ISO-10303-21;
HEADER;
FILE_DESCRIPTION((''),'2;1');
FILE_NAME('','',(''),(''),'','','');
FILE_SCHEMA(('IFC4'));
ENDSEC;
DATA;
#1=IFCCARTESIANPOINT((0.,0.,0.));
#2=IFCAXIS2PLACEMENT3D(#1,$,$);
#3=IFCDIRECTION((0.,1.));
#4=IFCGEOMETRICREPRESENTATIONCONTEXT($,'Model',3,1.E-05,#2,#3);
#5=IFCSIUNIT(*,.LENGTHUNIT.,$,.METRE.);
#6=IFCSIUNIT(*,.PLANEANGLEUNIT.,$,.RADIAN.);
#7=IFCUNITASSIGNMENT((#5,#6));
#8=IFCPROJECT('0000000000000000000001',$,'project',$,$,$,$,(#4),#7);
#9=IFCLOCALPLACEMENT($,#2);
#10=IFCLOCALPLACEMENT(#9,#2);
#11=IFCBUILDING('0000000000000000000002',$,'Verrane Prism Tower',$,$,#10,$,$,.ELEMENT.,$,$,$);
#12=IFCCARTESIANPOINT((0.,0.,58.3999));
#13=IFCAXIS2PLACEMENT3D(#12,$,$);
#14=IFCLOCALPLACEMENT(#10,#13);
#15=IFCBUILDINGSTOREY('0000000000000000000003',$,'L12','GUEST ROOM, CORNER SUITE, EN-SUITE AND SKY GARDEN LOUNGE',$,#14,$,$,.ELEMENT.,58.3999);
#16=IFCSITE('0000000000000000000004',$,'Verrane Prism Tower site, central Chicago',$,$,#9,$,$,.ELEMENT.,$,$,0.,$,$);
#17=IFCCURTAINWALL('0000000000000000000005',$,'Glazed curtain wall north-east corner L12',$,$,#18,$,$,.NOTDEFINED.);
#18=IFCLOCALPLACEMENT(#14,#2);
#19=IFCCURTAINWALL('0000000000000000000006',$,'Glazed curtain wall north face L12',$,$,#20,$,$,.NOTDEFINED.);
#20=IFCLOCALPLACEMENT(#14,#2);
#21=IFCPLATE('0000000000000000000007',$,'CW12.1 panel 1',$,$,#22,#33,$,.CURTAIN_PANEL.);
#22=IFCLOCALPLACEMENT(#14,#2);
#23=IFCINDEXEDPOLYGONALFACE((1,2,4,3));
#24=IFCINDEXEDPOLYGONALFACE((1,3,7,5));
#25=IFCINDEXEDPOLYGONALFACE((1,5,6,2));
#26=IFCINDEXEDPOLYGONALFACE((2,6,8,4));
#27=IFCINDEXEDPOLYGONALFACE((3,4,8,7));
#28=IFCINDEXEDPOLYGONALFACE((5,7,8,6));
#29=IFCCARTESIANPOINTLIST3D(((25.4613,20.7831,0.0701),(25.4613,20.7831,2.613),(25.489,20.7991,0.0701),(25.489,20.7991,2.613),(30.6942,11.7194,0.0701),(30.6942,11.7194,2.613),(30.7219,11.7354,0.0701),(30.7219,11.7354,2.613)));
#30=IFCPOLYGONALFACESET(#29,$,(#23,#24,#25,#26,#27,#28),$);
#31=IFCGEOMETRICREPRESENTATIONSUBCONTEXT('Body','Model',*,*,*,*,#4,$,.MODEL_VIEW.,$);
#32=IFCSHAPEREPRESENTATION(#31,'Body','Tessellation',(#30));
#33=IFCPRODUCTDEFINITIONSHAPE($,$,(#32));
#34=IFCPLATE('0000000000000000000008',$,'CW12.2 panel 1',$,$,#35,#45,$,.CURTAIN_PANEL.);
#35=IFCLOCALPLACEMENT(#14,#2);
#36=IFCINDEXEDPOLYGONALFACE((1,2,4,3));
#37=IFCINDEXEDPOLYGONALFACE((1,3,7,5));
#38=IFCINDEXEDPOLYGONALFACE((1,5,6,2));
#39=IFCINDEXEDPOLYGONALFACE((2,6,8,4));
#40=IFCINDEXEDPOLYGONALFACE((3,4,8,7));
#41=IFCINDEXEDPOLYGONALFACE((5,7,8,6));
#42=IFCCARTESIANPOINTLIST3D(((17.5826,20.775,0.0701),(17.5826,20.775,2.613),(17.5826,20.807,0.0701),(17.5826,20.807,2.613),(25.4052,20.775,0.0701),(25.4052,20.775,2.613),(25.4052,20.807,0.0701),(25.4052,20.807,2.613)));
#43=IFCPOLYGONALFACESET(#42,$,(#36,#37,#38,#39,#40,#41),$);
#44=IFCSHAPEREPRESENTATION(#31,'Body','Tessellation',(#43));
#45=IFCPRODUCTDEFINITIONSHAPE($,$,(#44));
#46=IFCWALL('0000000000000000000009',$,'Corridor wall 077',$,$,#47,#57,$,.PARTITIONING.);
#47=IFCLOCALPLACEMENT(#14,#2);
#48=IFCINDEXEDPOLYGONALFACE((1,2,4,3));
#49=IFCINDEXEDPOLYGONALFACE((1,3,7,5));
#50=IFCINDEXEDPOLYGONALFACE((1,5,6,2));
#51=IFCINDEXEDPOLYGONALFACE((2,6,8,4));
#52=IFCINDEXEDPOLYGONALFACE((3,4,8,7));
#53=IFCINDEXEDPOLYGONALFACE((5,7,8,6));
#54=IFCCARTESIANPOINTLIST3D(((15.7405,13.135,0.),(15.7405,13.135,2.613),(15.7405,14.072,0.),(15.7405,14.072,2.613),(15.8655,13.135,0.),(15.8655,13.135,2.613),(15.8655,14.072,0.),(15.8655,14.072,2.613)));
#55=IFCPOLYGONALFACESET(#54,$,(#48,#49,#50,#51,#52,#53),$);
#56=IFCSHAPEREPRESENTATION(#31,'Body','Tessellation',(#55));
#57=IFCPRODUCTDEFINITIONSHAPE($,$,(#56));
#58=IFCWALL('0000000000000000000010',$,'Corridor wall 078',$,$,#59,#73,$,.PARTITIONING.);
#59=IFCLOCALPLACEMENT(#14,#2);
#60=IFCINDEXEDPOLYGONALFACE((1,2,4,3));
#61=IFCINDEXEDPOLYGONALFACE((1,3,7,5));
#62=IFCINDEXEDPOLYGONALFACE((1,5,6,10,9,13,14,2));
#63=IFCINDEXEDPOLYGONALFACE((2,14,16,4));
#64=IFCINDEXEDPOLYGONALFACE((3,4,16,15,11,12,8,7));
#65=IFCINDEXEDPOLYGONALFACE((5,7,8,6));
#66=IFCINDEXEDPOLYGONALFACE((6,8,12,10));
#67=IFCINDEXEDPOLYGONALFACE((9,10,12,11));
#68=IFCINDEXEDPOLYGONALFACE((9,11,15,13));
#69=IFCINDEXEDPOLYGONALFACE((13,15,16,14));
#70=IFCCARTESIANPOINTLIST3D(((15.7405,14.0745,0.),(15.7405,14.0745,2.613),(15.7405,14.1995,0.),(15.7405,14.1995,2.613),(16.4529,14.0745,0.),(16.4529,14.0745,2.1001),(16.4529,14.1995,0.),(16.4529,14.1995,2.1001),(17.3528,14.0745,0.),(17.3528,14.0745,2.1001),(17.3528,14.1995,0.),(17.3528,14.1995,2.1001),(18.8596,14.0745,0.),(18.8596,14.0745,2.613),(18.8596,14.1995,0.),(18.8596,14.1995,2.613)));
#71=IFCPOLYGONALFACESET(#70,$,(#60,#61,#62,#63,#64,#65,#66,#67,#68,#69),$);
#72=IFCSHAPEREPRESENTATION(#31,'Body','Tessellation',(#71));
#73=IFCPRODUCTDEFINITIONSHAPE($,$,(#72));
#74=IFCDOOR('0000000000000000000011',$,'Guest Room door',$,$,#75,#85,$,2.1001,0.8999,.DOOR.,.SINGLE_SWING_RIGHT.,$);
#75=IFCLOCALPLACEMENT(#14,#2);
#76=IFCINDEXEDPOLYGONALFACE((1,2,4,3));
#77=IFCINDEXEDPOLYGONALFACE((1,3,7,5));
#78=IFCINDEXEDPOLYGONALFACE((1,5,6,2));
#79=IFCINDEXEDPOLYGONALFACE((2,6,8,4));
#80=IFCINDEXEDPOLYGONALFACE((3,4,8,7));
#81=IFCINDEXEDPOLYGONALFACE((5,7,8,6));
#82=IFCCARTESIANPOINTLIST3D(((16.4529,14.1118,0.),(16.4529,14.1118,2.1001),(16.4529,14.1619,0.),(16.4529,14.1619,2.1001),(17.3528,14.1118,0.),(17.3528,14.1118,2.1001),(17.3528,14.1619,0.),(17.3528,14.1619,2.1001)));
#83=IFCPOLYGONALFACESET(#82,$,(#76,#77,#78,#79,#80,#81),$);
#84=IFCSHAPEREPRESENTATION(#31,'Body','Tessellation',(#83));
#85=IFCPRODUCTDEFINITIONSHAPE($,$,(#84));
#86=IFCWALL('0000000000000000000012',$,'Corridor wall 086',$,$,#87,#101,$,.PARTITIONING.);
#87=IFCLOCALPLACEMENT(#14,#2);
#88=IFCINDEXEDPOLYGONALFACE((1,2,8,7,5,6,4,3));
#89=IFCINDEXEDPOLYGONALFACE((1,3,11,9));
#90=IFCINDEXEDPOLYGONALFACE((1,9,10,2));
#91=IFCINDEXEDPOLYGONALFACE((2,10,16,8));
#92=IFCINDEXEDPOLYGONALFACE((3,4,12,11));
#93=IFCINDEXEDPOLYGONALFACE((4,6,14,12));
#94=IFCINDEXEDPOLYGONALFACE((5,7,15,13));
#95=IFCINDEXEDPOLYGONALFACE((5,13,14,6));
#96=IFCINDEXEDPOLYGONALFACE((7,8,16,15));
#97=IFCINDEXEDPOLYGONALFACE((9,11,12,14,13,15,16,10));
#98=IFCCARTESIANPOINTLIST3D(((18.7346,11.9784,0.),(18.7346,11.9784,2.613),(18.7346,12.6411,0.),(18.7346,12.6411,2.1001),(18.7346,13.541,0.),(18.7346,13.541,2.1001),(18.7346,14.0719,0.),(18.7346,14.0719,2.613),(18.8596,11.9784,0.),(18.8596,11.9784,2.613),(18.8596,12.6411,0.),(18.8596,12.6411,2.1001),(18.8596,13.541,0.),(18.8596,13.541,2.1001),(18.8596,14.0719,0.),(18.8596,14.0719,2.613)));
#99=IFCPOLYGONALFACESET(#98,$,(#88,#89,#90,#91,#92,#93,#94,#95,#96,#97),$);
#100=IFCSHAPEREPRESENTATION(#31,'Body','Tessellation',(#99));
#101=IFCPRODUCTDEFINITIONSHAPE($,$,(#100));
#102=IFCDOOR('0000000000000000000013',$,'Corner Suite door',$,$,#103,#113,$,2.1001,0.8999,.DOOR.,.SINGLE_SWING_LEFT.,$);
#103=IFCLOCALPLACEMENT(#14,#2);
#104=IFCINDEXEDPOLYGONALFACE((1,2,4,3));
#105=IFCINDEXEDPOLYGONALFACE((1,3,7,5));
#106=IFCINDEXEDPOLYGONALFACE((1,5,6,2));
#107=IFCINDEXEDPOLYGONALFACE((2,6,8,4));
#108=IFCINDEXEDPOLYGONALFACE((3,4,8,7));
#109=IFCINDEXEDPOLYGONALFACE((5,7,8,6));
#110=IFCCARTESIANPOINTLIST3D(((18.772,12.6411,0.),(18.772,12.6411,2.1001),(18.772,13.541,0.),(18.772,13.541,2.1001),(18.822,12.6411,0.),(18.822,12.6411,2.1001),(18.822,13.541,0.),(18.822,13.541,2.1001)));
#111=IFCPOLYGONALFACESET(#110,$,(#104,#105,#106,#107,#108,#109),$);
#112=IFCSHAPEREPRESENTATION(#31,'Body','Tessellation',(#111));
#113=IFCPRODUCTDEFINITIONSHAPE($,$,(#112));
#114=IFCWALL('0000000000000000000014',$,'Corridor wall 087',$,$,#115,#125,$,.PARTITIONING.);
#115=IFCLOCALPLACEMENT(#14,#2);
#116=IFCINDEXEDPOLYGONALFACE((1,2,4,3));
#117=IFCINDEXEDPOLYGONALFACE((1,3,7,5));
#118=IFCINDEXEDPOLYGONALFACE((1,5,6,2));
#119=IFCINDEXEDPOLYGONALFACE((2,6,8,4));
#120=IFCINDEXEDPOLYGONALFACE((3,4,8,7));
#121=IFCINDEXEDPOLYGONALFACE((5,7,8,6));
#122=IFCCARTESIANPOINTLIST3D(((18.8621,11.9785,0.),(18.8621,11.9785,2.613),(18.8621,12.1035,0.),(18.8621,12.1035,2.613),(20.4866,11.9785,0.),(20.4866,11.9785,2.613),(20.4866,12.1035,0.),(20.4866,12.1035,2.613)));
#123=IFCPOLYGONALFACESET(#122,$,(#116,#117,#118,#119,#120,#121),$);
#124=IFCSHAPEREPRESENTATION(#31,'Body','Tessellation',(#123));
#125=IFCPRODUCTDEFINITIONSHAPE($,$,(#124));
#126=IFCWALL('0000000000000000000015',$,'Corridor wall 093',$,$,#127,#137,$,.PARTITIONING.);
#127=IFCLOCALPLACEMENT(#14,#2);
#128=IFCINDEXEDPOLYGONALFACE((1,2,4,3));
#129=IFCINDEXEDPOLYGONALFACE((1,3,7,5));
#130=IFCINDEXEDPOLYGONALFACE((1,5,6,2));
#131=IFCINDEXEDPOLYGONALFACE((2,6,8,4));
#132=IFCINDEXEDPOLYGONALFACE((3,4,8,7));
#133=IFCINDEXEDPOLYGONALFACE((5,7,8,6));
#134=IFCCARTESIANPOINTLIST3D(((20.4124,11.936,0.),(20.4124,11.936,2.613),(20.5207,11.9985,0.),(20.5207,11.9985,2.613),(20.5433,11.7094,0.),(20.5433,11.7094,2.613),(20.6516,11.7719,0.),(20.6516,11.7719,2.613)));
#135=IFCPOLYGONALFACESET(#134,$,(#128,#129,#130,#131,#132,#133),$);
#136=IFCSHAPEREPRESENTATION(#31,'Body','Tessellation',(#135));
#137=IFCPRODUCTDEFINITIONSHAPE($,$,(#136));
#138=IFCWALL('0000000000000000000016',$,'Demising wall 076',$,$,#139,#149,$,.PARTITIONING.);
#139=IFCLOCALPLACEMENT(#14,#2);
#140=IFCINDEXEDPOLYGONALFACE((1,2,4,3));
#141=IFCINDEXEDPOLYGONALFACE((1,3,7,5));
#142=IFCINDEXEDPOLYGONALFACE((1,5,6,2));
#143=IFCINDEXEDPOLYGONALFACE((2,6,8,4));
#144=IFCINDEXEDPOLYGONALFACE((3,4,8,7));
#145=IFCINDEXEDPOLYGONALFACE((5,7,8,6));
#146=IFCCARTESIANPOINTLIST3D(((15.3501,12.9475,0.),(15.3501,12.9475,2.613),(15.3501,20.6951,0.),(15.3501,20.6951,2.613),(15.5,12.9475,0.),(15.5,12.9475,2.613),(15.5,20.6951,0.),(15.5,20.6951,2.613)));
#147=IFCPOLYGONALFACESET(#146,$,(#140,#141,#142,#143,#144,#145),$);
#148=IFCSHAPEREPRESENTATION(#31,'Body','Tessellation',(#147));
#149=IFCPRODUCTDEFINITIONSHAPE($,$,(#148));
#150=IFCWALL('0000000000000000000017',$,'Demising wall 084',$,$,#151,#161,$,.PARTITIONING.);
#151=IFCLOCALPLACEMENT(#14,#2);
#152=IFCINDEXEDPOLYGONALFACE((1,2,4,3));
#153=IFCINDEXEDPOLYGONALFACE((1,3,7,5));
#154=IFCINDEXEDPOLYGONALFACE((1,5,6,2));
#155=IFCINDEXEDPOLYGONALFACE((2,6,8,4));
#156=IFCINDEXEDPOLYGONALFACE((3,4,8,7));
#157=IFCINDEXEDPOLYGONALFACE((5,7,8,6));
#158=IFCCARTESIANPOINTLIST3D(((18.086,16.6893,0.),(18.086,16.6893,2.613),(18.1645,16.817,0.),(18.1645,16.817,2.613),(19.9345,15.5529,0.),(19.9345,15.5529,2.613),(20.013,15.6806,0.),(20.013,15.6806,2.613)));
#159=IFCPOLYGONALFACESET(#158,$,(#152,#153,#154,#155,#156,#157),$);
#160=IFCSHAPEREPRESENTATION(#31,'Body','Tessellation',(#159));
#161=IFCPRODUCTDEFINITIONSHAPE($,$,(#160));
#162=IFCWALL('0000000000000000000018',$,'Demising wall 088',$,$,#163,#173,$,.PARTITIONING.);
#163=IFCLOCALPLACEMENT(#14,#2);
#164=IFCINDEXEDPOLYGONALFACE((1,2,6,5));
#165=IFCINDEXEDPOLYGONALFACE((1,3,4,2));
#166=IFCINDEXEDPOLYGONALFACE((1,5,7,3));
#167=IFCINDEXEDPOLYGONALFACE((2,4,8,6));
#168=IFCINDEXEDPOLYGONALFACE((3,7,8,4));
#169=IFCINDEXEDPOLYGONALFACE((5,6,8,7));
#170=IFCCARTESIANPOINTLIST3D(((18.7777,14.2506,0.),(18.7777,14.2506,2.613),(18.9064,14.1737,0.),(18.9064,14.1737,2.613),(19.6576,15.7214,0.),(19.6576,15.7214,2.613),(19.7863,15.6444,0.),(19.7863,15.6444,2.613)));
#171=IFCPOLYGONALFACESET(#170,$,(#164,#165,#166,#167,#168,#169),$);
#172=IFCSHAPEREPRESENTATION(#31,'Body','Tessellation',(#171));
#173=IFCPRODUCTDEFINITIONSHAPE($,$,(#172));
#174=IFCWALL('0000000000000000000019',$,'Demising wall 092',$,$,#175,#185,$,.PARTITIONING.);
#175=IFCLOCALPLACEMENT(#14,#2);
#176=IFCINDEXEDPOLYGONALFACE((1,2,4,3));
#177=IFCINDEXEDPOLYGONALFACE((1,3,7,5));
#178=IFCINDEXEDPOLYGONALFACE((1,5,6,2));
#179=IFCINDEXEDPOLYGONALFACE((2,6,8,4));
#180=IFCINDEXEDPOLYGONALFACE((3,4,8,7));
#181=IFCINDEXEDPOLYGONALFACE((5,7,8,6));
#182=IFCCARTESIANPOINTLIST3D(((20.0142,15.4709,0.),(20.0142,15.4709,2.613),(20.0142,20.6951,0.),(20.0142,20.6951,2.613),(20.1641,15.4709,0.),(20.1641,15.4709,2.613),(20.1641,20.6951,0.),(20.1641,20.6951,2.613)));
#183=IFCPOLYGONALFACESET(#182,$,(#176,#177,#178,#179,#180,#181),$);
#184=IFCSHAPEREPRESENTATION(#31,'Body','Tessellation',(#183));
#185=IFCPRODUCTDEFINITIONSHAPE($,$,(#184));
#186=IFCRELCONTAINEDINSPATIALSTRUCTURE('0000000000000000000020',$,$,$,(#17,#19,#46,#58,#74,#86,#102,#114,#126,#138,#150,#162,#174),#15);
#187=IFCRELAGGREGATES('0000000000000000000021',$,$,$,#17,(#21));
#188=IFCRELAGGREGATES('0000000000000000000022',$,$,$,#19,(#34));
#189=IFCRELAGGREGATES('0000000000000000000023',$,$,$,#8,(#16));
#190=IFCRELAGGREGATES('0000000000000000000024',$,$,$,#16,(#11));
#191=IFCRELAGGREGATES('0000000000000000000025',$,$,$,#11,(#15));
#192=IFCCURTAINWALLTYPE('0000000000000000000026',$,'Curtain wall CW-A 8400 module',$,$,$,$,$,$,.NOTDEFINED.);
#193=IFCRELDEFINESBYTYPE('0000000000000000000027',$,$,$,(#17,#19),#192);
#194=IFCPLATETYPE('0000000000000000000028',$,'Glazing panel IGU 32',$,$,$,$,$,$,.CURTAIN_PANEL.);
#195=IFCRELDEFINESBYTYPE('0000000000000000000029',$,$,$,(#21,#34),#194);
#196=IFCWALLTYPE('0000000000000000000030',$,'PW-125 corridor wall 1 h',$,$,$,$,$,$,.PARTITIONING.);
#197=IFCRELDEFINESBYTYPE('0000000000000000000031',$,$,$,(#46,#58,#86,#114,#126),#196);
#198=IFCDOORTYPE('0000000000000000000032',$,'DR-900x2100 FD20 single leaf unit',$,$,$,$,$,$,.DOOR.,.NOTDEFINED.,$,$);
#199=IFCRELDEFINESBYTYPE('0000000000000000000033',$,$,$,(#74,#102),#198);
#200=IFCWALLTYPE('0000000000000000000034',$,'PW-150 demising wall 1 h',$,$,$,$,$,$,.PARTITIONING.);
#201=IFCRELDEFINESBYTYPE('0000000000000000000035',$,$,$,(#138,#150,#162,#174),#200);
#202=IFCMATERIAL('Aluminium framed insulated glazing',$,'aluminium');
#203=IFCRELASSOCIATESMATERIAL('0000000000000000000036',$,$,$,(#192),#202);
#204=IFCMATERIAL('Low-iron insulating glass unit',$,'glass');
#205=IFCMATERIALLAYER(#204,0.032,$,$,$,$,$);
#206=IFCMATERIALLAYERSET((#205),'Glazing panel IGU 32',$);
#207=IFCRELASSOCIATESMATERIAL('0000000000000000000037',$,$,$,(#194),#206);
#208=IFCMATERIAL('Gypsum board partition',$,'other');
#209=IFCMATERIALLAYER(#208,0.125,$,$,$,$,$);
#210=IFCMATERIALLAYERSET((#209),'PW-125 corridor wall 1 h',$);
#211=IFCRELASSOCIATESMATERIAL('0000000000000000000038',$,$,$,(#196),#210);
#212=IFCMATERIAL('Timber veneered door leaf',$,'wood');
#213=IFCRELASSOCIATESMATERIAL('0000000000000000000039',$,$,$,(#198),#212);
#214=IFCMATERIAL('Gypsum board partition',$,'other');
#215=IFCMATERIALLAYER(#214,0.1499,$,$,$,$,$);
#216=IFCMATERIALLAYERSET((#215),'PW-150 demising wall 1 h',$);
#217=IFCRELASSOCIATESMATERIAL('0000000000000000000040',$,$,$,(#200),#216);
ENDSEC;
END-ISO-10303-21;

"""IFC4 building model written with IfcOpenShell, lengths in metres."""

from ifc_helpers import new_model, si_unit, direction, frame, frame_2d, origin, origin_2d, place, context, subcontext, project, spatial, rectangle, extrude, material, layer, layer_set, type_object, element, fill, aggregate, save


model = new_model("IFC4")

# Units and contexts
model_context = context("Model", 3, precision=1e-05, world=origin(), true_north=direction((0.0, 1.0)))
body_context = subcontext(model_context, "Body", "Model", "MODEL_VIEW")
ifc_project = project(units=[si_unit("LENGTHUNIT", "METRE"), si_unit("PLANEANGLEUNIT", "RADIAN")], contexts=[model_context])

# Site, building, storey
site_placement = place(None, origin())
site = spatial("IfcSite", under=ifc_project, at=site_placement, Name="Verrane Prism Tower site, central Chicago", CompositionType="ELEMENT", RefElevation=0.0)
building_placement = place(site_placement, origin())
building = spatial("IfcBuilding", under=site, at=building_placement, Name="Verrane Prism Tower", CompositionType="ELEMENT")
storey_placement = place(building_placement, frame((0.0, 0.0, 58.3999)))
storey = spatial("IfcBuildingStorey", under=building, at=storey_placement, Name="L12", Description="GUEST ROOM, CORNER SUITE, EN-SUITE AND SKY GARDEN LOUNGE", CompositionType="ELEMENT", Elevation=58.3999)

# Curtain wall
ifc_material_1 = material(Name="Aluminium framed insulated glazing", Category="aluminium")
curtain_wall_type = type_object("IfcCurtainWallType", Name="Curtain wall CW-A 8400 module", PredefinedType="NOTDEFINED", material=ifc_material_1)
curtain_wall_1_placement = place(storey_placement, origin())
curtain_wall_1 = element("IfcCurtainWall", 1, at=curtain_wall_1_placement, inside=storey, type_object=curtain_wall_type, Name="Glazed curtain wall north-east corner L12", PredefinedType="NOTDEFINED")

# Curtain wall
curtain_wall_2_placement = place(storey_placement, origin())
curtain_wall_2 = element("IfcCurtainWall", 2, at=curtain_wall_2_placement, inside=storey, type_object=curtain_wall_type, Name="Glazed curtain wall north face L12", PredefinedType="NOTDEFINED")

# Plates
ifc_material_2 = material(Name="Low-iron insulating glass unit", Category="glass")
ifc_layer_1 = layer(ifc_material_2, 0.032)
ifc_layer_set_1 = layer_set([ifc_layer_1], Name="Glazing panel IGU 32")
plate_type = type_object("IfcPlateType", Name="Glazing panel IGU 32", PredefinedType="CURTAIN_PANEL", material=ifc_layer_set_1)
plate_1_placement = place(storey_placement, frame((28.0916, 16.2593, 0.0701), z_axis=(0.0, 0.0, 1.0), x_axis=(-0.499999, 0.866026, 0.0)))
plate_1 = element("IfcPlate", 3, at=plate_1_placement, type_object=plate_type, Name="CW12.1 panel 1", PredefinedType="CURTAIN_PANEL", context=body_context, shape_type="SweptSolid", body=[
    extrude(rectangle(XDim=10.4658, YDim=0.032, at=origin_2d()), origin(), (0.0, 0.0, 1.0), 2.543),
])
aggregate(curtain_wall_1, [plate_1])
plate_2_placement = place(storey_placement, frame((21.4939, 20.791, 0.0701), z_axis=(0.0, 0.0, 1.0), x_axis=(-1.0, 0.0, 0.0)))
plate_2 = element("IfcPlate", 4, at=plate_2_placement, type_object=plate_type, Name="CW12.2 panel 1", PredefinedType="CURTAIN_PANEL", context=body_context, shape_type="SweptSolid", body=[
    extrude(rectangle(XDim=7.8225, YDim=0.032, at=origin_2d()), origin(), (0.0, 0.0, 1.0), 2.543),
])
aggregate(curtain_wall_2, [plate_2])

# Wall
ifc_material_3 = material(Name="Gypsum board partition", Category="other")
ifc_layer_2 = layer(ifc_material_3, 0.125)
ifc_layer_set_2 = layer_set([ifc_layer_2], Name="PW-125 corridor wall 1 h")
wall_type_1 = type_object("IfcWallType", Name="PW-125 corridor wall 1 h", PredefinedType="PARTITIONING", material=ifc_layer_set_2)
wall_1_placement = place(storey_placement, frame((15.803, 13.135, 0.0), z_axis=(0.0, 0.0, 1.0), x_axis=(0.0, 1.0, 0.0)))
element("IfcWall", 5, at=wall_1_placement, inside=storey, type_object=wall_type_1, Name="Corridor wall 077", PredefinedType="PARTITIONING", context=body_context, shape_type="SweptSolid", body=[
    extrude(rectangle(XDim=0.937, YDim=0.125, at=frame_2d((0.4685, 0.0))), origin(), (0.0, 0.0, 1.0), 2.613),
])

# Walls, openings, doors
wall_2_placement = place(storey_placement, frame((15.7405, 14.137, 0.0), z_axis=(0.0, 0.0, 1.0), x_axis=(1.0, 0.0, 0.0)))
wall_2 = element("IfcWall", 6, at=wall_2_placement, inside=storey, type_object=wall_type_1, Name="Corridor wall 078", PredefinedType="PARTITIONING", context=body_context, shape_type="SweptSolid", body=[
    extrude(rectangle(XDim=3.1191, YDim=0.125, at=frame_2d((1.5596, 0.0))), origin(), (0.0, 0.0, 1.0), 2.613),
])
opening_1_placement = place(wall_2_placement, frame((0.7124, 0.0, 0.0)))
opening_1 = element("IfcOpeningElement", 7, at=opening_1_placement, cuts=wall_2, PredefinedType="OPENING", context=body_context, shape_type="SweptSolid", body=[
    extrude(rectangle(XDim=0.8999, YDim=2.1001, at=frame_2d((0.45, 1.05))), frame((0.0, 0.0725, 0.0), z_axis=(0.0, -1.0, 0.0), x_axis=(1.0, 0.0, 0.0)), (0.0, 0.0, 1.0), 0.145),
])
ifc_material_4 = material(Name="Timber veneered door leaf", Category="wood")
door_type_1 = type_object("IfcDoorType", Name="DR-900x2100 FD20 single leaf unit", OperationType="NOTDEFINED", PredefinedType="DOOR", material=ifc_material_4)
door_1_placement = place(opening_1_placement, origin())
door_1 = element("IfcDoor", 8, at=door_1_placement, inside=storey, type_object=door_type_1, Name="Guest Room door", OperationType="SINGLE_SWING_RIGHT", OverallHeight=2.1001, OverallWidth=0.8999, PredefinedType="DOOR", context=body_context, shape_type="SweptSolid", body=[
    extrude(rectangle(XDim=0.8999, YDim=2.1001, at=frame_2d((0.45, 1.05))), frame((0.0, 0.0249, 0.0), z_axis=(0.0, -1.0, 0.0), x_axis=(1.0, 0.0, 0.0)), (0.0, 0.0, 1.0), 0.05),
])
fill(opening_1, door_1)
wall_3_placement = place(storey_placement, frame((18.7971, 14.072, 0.0), z_axis=(0.0, 0.0, 1.0), x_axis=(0.0, -1.0, 0.0)))
wall_3 = element("IfcWall", 9, at=wall_3_placement, inside=storey, type_object=wall_type_1, Name="Corridor wall 086", PredefinedType="PARTITIONING", context=body_context, shape_type="SweptSolid", body=[
    extrude(rectangle(XDim=2.0935, YDim=0.125, at=frame_2d((1.0469, 0.0))), origin(), (0.0, 0.0, 1.0), 2.613),
])
opening_2_placement = place(wall_3_placement, frame((0.531, 0.0, 0.0)))
opening_2 = element("IfcOpeningElement", 10, at=opening_2_placement, cuts=wall_3, PredefinedType="OPENING", context=body_context, shape_type="SweptSolid", body=[
    extrude(rectangle(XDim=0.8999, YDim=2.1001, at=frame_2d((0.45, 1.05))), frame((0.0, 0.0725, 0.0), z_axis=(0.0, -1.0, 0.0), x_axis=(1.0, 0.0, 0.0)), (0.0, 0.0, 1.0), 0.145),
])
door_2_placement = place(opening_2_placement, origin())
door_2 = element("IfcDoor", 11, at=door_2_placement, inside=storey, type_object=door_type_1, Name="Corner Suite door", OperationType="SINGLE_SWING_LEFT", OverallHeight=2.1001, OverallWidth=0.8999, PredefinedType="DOOR", context=body_context, shape_type="SweptSolid", body=[
    extrude(rectangle(XDim=0.8999, YDim=2.1001, at=frame_2d((0.45, 1.05))), frame((0.0, 0.0249, 0.0), z_axis=(0.0, -1.0, 0.0), x_axis=(1.0, 0.0, 0.0)), (0.0, 0.0, 1.0), 0.05),
])
fill(opening_2, door_2)

# Walls
wall_4_placement = place(storey_placement, frame((18.8621, 12.041, 0.0), z_axis=(0.0, 0.0, 1.0), x_axis=(1.0, 0.0, 0.0)))
element("IfcWall", 12, at=wall_4_placement, inside=storey, type_object=wall_type_1, Name="Corridor wall 087", PredefinedType="PARTITIONING", context=body_context, shape_type="SweptSolid", body=[
    extrude(rectangle(XDim=1.6245, YDim=0.125, at=frame_2d((0.8123, 0.0))), origin(), (0.0, 0.0, 1.0), 2.613),
])
wall_5_placement = place(storey_placement, frame((20.4666, 11.9673, 0.0), z_axis=(0.0, 0.0, 1.0), x_axis=(0.500153, -0.865937, 0.0)))
element("IfcWall", 13, at=wall_5_placement, inside=storey, type_object=wall_type_1, Name="Corridor wall 093", PredefinedType="PARTITIONING", context=body_context, shape_type="SweptSolid", body=[
    extrude(rectangle(XDim=0.2617, YDim=0.125, at=frame_2d((0.1309, 0.0))), origin(), (0.0, 0.0, 1.0), 2.613),
])
ifc_material_5 = material(Name="Gypsum board partition", Category="other")
ifc_layer_3 = layer(ifc_material_5, 0.1499)
ifc_layer_set_3 = layer_set([ifc_layer_3], Name="PW-150 demising wall 1 h")
wall_type_2 = type_object("IfcWallType", Name="PW-150 demising wall 1 h", PredefinedType="PARTITIONING", material=ifc_layer_set_3)
wall_6_placement = place(storey_placement, frame((15.425, 12.9475, 0.0), z_axis=(0.0, 0.0, 1.0), x_axis=(0.0, 1.0, 0.0)))
element("IfcWall", 14, at=wall_6_placement, inside=storey, type_object=wall_type_2, Name="Demising wall 076", PredefinedType="PARTITIONING", context=body_context, shape_type="SweptSolid", body=[
    extrude(rectangle(XDim=7.7476, YDim=0.1499, at=frame_2d((3.8738, 0.0))), origin(), (0.0, 0.0, 1.0), 2.613),
])
wall_7_placement = place(storey_placement, frame((18.1252, 16.7532, 0.0), z_axis=(0.0, 0.0, 1.0), x_axis=(0.851894, -0.523714, 0.0)))
element("IfcWall", 15, at=wall_7_placement, inside=storey, type_object=wall_type_2, Name="Demising wall 084", PredefinedType="PARTITIONING", context=body_context, shape_type="SweptSolid", body=[
    extrude(rectangle(XDim=2.1699, YDim=0.1499, at=frame_2d((1.085, 0.0))), origin(), (0.0, 0.0, 1.0), 2.613),
])
wall_8_placement = place(storey_placement, frame((18.842, 14.2122, 0.0), z_axis=(0.0, 0.0, 1.0), x_axis=(0.513406, 0.858146, 0.0)))
element("IfcWall", 16, at=wall_8_placement, inside=storey, type_object=wall_type_2, Name="Demising wall 088", PredefinedType="PARTITIONING", context=body_context, shape_type="SweptSolid", body=[
    extrude(rectangle(XDim=1.7139, YDim=0.1499, at=frame_2d((0.8569, 0.0))), origin(), (0.0, 0.0, 1.0), 2.613),
])
wall_9_placement = place(storey_placement, frame((20.0891, 15.4709, 0.0), z_axis=(0.0, 0.0, 1.0), x_axis=(0.0, 1.0, 0.0)))
element("IfcWall", 17, at=wall_9_placement, inside=storey, type_object=wall_type_2, Name="Demising wall 092", PredefinedType="PARTITIONING", context=body_context, shape_type="SweptSolid", body=[
    extrude(rectangle(XDim=5.2241, YDim=0.1499, at=frame_2d((2.6121, 0.0))), origin(), (0.0, 0.0, 1.0), 2.613),
])

save(model, "model.ifc")
